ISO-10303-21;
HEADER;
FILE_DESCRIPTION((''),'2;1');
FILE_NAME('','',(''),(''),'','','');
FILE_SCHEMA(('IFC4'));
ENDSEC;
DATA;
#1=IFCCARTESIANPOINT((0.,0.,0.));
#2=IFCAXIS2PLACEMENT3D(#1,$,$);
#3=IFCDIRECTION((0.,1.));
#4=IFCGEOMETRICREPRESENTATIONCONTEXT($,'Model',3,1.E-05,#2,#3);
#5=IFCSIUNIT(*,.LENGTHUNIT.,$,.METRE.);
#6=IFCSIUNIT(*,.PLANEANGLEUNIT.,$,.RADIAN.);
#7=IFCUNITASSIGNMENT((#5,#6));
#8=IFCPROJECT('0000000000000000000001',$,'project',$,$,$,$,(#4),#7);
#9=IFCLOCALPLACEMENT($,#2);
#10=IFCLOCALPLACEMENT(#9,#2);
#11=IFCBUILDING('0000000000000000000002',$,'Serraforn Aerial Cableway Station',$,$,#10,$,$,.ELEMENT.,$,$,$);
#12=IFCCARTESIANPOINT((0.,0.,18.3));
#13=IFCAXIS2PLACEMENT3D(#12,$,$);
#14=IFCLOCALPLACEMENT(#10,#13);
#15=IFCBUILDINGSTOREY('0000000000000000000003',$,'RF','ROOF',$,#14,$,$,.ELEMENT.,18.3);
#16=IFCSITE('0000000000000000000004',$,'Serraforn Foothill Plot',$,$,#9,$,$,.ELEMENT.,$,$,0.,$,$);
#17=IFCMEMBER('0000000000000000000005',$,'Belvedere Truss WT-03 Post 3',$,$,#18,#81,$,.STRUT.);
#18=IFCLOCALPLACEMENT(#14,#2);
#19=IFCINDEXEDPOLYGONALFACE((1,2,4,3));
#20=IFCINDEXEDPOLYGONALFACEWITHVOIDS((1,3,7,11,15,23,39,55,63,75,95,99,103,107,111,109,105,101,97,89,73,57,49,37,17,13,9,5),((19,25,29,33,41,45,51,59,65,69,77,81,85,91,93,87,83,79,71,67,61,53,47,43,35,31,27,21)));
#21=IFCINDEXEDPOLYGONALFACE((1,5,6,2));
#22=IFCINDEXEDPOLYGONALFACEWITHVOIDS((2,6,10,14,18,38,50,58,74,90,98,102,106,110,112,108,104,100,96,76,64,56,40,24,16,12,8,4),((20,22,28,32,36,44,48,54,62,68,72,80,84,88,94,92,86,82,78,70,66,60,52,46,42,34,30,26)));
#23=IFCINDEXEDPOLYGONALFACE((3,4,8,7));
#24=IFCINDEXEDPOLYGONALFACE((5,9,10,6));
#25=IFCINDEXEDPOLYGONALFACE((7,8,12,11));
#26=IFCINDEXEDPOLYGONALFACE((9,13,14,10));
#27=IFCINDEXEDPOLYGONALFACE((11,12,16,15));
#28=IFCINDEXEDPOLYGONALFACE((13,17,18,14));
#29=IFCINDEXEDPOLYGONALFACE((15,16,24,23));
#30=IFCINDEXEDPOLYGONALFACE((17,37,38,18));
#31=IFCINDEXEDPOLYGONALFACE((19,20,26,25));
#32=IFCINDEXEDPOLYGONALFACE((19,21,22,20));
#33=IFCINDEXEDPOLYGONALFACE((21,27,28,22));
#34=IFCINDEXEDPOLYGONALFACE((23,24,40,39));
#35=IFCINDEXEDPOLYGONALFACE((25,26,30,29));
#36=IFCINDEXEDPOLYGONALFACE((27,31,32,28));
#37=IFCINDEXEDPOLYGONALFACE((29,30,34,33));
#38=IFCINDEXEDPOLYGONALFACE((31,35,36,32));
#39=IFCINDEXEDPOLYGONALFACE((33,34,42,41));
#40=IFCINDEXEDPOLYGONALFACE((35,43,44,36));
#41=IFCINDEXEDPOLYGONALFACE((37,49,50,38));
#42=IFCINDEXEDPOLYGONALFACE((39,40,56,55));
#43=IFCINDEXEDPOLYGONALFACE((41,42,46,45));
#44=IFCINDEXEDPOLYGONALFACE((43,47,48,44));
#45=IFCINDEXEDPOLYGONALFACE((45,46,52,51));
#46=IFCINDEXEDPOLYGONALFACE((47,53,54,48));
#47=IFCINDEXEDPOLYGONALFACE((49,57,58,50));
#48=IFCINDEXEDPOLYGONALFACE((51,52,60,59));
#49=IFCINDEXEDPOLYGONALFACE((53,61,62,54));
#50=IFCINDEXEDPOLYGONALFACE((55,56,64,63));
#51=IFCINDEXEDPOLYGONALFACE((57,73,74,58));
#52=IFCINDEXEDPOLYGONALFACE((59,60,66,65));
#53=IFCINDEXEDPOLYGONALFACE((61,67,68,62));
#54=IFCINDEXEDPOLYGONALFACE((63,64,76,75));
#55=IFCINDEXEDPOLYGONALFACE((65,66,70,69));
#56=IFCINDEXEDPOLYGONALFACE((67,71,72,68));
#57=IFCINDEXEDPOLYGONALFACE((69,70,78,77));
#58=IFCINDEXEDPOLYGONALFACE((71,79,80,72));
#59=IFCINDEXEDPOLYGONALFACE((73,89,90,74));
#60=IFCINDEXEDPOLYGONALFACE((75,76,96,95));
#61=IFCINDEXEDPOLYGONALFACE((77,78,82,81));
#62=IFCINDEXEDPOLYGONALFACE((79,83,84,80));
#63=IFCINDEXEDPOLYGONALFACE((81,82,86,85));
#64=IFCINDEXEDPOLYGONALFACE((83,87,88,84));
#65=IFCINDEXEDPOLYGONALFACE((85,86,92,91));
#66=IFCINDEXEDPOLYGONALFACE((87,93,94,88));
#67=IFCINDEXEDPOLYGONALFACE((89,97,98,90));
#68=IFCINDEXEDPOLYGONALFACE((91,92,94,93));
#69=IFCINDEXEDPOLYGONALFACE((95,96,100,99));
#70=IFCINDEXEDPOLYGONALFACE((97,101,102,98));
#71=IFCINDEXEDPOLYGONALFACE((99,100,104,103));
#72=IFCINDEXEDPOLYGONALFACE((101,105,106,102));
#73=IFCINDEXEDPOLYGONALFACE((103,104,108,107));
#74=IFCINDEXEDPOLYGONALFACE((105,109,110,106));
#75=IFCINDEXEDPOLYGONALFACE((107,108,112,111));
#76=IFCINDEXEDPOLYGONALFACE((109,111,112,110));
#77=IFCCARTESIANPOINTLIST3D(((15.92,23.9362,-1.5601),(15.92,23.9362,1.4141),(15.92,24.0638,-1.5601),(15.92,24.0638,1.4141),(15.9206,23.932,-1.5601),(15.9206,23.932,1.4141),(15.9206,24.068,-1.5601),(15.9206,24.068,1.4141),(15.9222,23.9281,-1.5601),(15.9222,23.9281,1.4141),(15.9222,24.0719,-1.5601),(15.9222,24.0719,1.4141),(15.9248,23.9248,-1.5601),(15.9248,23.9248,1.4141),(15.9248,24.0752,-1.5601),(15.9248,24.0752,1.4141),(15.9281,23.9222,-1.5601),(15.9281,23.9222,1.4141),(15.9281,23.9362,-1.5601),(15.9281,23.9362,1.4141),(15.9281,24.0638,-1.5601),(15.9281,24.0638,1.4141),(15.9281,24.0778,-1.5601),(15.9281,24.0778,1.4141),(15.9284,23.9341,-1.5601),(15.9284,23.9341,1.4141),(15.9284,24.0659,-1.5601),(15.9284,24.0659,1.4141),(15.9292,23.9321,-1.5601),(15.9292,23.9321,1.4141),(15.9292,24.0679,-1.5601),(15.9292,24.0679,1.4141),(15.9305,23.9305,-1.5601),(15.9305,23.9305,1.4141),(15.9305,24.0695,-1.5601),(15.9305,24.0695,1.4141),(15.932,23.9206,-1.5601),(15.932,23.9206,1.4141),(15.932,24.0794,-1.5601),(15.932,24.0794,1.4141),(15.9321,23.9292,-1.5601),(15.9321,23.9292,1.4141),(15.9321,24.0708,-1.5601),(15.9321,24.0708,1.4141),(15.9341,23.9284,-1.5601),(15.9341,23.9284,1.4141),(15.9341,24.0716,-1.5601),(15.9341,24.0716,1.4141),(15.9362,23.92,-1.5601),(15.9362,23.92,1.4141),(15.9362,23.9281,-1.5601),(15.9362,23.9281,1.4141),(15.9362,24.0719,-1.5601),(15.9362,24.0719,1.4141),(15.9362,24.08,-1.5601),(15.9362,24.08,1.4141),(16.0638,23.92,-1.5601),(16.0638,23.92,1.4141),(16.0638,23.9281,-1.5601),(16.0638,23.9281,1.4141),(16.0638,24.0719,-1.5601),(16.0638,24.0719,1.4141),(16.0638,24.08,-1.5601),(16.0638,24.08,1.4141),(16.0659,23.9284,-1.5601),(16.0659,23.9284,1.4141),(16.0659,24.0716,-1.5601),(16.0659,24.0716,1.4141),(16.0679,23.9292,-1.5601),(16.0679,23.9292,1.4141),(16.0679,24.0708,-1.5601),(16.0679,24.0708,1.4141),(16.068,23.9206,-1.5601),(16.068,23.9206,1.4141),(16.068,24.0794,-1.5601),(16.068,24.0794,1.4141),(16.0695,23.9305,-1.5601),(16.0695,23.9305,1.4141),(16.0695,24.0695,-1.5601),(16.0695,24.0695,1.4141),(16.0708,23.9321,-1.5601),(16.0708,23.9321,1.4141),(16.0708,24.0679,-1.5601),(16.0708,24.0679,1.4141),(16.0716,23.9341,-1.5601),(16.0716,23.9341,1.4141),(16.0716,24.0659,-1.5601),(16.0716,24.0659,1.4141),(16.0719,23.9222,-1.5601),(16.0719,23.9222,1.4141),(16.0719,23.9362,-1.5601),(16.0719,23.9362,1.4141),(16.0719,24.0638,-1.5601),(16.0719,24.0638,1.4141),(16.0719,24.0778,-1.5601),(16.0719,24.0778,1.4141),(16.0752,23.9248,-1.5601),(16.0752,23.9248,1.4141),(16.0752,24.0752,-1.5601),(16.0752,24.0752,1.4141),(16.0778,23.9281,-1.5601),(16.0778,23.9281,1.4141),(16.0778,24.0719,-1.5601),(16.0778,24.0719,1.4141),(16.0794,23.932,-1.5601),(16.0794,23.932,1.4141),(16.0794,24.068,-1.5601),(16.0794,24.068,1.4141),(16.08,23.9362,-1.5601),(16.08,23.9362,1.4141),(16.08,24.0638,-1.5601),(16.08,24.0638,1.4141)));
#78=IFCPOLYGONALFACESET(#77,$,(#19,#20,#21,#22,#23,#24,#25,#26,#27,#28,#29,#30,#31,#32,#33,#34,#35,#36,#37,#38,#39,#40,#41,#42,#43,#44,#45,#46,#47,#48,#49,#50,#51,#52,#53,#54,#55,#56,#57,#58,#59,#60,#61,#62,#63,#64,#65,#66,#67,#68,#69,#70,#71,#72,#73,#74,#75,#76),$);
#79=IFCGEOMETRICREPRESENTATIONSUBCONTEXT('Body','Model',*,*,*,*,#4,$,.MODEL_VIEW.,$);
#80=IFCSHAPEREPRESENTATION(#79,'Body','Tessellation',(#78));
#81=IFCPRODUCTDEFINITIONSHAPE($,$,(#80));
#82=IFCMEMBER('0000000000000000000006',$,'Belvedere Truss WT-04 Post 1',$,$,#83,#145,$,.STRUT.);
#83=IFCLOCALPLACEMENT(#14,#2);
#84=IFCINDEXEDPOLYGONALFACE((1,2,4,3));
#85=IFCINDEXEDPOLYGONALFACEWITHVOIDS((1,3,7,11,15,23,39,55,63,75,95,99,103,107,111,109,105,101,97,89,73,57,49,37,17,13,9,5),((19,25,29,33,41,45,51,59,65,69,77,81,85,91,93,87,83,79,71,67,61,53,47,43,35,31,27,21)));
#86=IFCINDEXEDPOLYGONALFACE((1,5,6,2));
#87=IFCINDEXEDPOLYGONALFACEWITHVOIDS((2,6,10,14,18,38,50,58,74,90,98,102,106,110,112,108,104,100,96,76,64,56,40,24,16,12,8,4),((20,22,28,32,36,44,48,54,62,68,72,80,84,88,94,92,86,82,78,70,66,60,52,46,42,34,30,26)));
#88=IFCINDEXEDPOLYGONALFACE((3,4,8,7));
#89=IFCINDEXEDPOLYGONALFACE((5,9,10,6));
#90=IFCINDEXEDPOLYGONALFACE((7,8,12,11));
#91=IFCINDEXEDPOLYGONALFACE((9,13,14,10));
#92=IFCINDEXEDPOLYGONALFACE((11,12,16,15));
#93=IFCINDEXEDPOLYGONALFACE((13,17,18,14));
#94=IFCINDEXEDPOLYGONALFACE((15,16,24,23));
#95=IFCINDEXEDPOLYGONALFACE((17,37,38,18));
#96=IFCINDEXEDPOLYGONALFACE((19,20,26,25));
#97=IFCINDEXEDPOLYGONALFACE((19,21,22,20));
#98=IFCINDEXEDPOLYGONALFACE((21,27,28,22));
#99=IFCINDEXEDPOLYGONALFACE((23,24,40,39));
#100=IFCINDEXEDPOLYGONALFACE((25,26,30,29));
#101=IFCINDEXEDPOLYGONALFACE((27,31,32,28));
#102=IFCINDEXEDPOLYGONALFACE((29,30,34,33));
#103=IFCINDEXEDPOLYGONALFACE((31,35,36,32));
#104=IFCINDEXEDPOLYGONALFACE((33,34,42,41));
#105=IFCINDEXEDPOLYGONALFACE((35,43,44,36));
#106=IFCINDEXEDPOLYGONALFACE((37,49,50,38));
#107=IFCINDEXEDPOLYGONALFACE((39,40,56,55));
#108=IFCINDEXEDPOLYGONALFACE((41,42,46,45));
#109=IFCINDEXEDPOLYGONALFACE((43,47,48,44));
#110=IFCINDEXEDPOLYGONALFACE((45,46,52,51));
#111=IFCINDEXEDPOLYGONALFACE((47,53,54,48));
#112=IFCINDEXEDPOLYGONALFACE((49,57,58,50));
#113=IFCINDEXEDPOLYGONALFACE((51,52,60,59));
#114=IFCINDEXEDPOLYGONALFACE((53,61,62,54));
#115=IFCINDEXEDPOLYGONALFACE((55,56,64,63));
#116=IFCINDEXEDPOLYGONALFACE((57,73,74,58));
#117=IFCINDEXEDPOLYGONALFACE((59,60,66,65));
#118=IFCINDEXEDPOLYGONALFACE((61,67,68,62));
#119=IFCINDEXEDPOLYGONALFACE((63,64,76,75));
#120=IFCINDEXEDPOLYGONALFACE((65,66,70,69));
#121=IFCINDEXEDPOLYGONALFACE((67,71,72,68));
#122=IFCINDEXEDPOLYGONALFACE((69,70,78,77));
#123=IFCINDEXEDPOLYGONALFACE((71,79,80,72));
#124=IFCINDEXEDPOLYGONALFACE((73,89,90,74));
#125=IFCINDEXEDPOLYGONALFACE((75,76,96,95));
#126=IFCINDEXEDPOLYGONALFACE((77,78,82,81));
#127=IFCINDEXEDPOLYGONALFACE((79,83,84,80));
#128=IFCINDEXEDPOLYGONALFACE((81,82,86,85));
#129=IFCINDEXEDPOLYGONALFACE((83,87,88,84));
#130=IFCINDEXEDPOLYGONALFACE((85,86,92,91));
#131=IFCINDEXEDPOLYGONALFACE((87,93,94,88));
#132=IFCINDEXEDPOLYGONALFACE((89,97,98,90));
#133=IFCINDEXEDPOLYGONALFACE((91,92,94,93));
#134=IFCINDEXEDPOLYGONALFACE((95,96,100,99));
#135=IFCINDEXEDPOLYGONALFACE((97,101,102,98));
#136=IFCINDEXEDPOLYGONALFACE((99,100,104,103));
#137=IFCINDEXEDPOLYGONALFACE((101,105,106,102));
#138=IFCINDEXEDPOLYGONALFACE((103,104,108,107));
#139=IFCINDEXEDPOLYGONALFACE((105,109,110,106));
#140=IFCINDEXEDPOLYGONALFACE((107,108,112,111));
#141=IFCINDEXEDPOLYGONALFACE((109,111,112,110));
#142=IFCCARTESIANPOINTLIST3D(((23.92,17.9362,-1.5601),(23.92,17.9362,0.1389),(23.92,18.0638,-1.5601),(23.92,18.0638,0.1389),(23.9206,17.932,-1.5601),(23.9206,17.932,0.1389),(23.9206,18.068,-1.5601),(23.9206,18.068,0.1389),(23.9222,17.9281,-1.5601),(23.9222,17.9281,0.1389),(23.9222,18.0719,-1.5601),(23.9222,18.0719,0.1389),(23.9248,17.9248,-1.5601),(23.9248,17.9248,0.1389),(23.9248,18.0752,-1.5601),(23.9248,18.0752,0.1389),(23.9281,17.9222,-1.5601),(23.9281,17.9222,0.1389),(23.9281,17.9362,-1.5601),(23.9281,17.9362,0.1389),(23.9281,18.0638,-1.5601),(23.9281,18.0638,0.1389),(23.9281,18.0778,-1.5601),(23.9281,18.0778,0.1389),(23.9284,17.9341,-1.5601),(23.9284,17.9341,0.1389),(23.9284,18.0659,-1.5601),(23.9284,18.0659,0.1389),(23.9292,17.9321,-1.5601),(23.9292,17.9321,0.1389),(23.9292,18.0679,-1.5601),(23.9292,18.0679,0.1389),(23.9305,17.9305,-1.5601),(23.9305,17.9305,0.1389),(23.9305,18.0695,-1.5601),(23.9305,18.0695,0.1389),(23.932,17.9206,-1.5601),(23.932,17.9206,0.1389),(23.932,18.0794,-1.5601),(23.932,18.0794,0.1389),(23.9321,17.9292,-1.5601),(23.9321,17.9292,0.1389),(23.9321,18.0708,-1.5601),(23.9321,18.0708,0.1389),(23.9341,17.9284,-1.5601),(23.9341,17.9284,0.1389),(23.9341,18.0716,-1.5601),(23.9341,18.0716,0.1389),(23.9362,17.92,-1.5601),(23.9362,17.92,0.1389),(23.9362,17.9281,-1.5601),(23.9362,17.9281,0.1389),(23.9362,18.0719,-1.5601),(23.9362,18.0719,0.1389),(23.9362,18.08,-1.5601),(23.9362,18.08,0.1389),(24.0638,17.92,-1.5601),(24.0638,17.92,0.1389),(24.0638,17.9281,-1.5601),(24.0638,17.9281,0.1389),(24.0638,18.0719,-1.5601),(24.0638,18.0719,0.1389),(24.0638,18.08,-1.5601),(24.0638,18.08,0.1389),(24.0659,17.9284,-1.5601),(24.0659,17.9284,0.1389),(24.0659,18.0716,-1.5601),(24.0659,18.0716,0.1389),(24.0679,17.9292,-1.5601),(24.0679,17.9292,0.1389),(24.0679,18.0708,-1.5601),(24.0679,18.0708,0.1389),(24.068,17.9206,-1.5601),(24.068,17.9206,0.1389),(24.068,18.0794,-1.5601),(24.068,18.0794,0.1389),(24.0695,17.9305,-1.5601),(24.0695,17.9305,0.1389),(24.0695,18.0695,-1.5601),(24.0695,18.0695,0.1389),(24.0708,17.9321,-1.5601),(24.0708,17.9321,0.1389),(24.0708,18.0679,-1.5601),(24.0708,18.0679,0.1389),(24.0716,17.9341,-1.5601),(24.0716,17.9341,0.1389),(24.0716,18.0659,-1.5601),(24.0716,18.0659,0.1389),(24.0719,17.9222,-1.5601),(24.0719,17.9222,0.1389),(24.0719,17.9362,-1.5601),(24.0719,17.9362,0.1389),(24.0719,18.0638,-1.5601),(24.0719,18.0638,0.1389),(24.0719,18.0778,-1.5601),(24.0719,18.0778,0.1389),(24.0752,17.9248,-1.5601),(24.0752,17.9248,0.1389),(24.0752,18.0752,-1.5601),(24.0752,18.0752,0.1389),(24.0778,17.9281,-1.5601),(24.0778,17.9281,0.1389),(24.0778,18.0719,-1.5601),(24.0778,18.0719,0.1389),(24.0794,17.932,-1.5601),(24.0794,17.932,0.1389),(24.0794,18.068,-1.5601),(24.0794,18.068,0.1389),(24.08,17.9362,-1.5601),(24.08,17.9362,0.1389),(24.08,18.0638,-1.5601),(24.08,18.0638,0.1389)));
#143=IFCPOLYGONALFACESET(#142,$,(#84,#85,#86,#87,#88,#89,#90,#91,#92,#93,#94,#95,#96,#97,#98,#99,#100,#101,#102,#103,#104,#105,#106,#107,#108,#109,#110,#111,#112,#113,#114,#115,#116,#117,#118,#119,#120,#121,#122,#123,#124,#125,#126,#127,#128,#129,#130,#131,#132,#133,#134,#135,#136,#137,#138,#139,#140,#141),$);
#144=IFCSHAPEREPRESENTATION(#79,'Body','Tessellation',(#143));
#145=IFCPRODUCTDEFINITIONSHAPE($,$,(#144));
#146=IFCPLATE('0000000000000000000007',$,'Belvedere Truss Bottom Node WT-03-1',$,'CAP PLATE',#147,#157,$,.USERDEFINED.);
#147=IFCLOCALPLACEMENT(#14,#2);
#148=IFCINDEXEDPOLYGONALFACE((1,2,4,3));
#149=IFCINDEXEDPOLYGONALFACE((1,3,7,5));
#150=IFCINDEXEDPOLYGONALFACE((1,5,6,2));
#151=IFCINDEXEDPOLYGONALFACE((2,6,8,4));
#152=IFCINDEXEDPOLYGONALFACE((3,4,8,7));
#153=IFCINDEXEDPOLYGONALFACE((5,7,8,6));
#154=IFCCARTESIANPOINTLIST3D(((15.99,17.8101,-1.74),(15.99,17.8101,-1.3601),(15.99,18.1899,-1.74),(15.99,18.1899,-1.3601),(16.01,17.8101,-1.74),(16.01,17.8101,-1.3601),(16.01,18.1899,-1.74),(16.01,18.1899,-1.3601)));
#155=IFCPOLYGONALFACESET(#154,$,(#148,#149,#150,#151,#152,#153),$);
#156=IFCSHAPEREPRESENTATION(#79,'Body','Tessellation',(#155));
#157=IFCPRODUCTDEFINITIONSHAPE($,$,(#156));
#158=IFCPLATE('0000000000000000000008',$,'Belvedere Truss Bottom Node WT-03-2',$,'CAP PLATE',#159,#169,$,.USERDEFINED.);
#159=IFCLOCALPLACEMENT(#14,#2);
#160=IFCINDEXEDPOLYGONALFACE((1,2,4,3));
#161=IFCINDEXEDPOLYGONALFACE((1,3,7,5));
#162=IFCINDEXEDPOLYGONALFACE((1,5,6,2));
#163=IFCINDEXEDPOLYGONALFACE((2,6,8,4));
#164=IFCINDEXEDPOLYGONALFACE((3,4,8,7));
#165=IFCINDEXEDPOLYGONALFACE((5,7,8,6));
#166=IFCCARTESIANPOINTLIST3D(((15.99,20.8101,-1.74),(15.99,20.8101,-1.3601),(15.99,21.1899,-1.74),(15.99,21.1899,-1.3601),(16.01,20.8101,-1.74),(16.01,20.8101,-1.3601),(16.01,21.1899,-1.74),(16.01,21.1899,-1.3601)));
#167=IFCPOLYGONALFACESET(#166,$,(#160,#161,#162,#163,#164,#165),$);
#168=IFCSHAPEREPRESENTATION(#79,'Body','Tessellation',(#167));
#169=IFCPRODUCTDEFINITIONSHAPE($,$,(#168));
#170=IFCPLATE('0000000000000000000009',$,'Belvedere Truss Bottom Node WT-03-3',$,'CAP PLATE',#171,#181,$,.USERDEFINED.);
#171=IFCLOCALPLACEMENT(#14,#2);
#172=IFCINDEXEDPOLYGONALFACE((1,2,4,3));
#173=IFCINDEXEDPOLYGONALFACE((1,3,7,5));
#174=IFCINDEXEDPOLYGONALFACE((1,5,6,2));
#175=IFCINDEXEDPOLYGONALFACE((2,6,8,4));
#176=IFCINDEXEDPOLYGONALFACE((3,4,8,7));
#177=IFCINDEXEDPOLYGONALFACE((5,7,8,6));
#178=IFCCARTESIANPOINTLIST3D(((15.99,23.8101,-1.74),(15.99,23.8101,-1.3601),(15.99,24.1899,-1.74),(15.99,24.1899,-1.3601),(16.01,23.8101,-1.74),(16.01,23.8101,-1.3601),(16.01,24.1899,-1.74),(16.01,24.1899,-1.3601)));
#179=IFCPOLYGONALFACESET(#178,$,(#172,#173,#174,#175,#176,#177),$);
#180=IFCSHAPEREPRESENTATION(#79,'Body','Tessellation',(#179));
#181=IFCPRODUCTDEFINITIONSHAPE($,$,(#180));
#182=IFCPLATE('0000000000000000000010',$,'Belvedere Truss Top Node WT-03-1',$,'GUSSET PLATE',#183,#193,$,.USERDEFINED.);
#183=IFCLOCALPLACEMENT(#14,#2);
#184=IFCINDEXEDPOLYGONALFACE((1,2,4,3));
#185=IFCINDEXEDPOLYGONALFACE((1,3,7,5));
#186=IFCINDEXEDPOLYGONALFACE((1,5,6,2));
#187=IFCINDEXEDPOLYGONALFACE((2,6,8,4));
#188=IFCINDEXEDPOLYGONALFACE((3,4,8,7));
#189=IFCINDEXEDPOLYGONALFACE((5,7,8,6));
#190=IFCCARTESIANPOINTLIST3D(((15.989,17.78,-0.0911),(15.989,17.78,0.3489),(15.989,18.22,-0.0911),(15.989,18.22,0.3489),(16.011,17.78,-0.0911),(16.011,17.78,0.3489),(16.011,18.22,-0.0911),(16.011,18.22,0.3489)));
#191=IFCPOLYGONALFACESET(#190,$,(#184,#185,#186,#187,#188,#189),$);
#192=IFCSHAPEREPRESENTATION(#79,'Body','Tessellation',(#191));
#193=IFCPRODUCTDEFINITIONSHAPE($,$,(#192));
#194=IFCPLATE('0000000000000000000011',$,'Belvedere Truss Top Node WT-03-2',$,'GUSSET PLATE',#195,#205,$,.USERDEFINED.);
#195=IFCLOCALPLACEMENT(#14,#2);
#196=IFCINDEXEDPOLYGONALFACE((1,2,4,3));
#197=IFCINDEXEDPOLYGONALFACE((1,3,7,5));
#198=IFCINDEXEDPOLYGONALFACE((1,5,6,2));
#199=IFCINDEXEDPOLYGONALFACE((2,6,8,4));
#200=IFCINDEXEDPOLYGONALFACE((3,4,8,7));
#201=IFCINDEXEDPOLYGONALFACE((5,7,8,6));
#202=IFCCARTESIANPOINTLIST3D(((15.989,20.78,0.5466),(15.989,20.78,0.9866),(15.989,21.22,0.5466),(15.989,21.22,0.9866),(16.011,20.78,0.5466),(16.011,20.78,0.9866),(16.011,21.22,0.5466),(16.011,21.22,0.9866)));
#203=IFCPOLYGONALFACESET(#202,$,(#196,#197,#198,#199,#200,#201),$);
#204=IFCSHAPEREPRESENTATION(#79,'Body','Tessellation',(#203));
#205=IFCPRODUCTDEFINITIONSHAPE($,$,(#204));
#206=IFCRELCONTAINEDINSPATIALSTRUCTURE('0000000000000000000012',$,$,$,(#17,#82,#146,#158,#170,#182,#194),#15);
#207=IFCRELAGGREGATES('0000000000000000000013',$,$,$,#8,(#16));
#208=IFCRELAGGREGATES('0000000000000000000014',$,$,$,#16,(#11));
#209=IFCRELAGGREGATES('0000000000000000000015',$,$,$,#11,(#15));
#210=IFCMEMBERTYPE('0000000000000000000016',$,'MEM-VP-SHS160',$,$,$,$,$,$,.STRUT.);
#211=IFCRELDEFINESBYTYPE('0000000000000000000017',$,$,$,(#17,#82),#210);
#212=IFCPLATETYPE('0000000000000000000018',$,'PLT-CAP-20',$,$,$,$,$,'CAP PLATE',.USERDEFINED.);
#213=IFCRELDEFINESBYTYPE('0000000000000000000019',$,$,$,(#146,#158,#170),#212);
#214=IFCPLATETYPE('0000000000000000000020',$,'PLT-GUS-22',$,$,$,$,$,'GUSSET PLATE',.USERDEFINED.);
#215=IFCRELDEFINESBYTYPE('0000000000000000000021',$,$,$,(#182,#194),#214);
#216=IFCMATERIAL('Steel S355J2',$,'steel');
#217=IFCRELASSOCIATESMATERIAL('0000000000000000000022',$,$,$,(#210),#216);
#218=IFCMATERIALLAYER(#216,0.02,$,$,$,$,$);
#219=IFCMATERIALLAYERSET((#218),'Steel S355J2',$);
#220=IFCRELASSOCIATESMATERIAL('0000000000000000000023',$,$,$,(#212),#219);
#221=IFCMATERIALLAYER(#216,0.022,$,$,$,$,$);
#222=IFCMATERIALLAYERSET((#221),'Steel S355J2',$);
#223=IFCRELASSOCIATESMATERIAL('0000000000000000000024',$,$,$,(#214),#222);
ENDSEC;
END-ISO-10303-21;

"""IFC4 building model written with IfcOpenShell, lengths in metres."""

from ifc_helpers import new_model, si_unit, direction, frame, origin, origin_2d, place, context, subcontext, project, spatial, rectangle, hollow_rectangle, extrude, material, layer, layer_set, material_profile, profile_set, type_object, element, save


model = new_model("IFC4")

# Units and contexts
model_context = context("Model", 3, precision=1e-05, world=origin(), true_north=direction((0.0, 1.0)))
body_context = subcontext(model_context, "Body", "Model", "MODEL_VIEW")
ifc_project = project(units=[si_unit("LENGTHUNIT", "METRE"), si_unit("PLANEANGLEUNIT", "RADIAN")], contexts=[model_context])

# Site, building, storey
site_placement = place(None, origin())
site = spatial("IfcSite", under=ifc_project, at=site_placement, Name="Serraforn Foothill Plot", CompositionType="ELEMENT", RefElevation=0.0)
building_placement = place(site_placement, origin())
building = spatial("IfcBuilding", under=site, at=building_placement, Name="Serraforn Aerial Cableway Station", CompositionType="ELEMENT")
storey_placement = place(building_placement, frame((0.0, 0.0, 18.3)))
storey = spatial("IfcBuildingStorey", under=building, at=storey_placement, Name="RF", Description="ROOF", CompositionType="ELEMENT", Elevation=18.3)

# Members
ifc_material_1 = material(Name="Steel S355J2", Category="steel")
ifc_material_profile_1 = material_profile(ifc_material_1, hollow_rectangle(XDim=0.1599, YDim=0.1599, WallThickness=0.0081, InnerFilletRadius=0.0081, OuterFilletRadius=0.0161, at=origin_2d()), Name="SHS 160x160x8.0")
ifc_profile_set_1 = profile_set([ifc_material_profile_1], Name="Steel S355J2")
member_type_1 = type_object("IfcMemberType", Name="MEM-VP-SHS160", PredefinedType="STRUT", material=ifc_profile_set_1)
member_1_placement = place(storey_placement, frame((16.0, 24.0, -1.5601), z_axis=(0.0, 0.0, 1.0), x_axis=(1.0, 0.0, 0.0)))
element("IfcMember", 1, at=member_1_placement, inside=storey, type_object=member_type_1, Name="Belvedere Truss WT-03 Post 3", PredefinedType="STRUT", context=body_context, shape_type="SweptSolid", body=[
    extrude(hollow_rectangle(XDim=0.1599, YDim=0.1599, WallThickness=0.0081, InnerFilletRadius=0.0081, OuterFilletRadius=0.0161, at=origin_2d()), origin(), (0.0, 0.0, 1.0), 2.9741),
])
member_2_placement = place(storey_placement, frame((24.0, 18.0, -1.5601), z_axis=(0.0, 0.0, 1.0), x_axis=(1.0, 0.0, 0.0)))
element("IfcMember", 2, at=member_2_placement, inside=storey, type_object=member_type_1, Name="Belvedere Truss WT-04 Post 1", PredefinedType="STRUT", context=body_context, shape_type="SweptSolid", body=[
    extrude(hollow_rectangle(XDim=0.1599, YDim=0.1599, WallThickness=0.0081, InnerFilletRadius=0.0081, OuterFilletRadius=0.0161, at=origin_2d()), origin(), (0.0, 0.0, 1.0), 1.699),
])

# Plates
ifc_layer_1 = layer(ifc_material_1, 0.02)
ifc_layer_set_1 = layer_set([ifc_layer_1], Name="Steel S355J2")
plate_type_1 = type_object("IfcPlateType", Name="PLT-CAP-20", ElementType="CAP PLATE", PredefinedType="USERDEFINED", material=ifc_layer_set_1)
for number, where, z_axis, x_axis, name in (
    (3, (16.0, 18.0, -1.74), (0.0, 0.0, 1.0), (1.0, 0.0, 0.0), "Belvedere Truss Bottom Node WT-03-1"),
    (4, (16.0, 21.0, -1.74), (0.0, 0.0, 1.0), (1.0, 0.0, 0.0), "Belvedere Truss Bottom Node WT-03-2"),
    (5, (16.0, 24.0, -1.74), (0.0, 0.0, 1.0), (1.0, 0.0, 0.0), "Belvedere Truss Bottom Node WT-03-3"),
):
    element("IfcPlate", number, at=place(storey_placement, frame(where, z_axis=z_axis, x_axis=x_axis)), inside=storey, type_object=plate_type_1, Name=name, ObjectType="CAP PLATE", PredefinedType="USERDEFINED", context=body_context, shape_type="SweptSolid", body=[
        extrude(rectangle(XDim=0.02, YDim=0.3799, at=origin_2d()), origin(), (0.0, 0.0, 1.0), 0.3799),
    ])
ifc_layer_2 = layer(ifc_material_1, 0.022)
ifc_layer_set_2 = layer_set([ifc_layer_2], Name="Steel S355J2")
plate_type_2 = type_object("IfcPlateType", Name="PLT-GUS-22", ElementType="GUSSET PLATE", PredefinedType="USERDEFINED", material=ifc_layer_set_2)
for number, where, z_axis, x_axis, name in (
    (6, (16.0, 18.0, -0.0911), (0.0, 0.0, 1.0), (1.0, 0.0, 0.0), "Belvedere Truss Top Node WT-03-1"),
    (7, (16.0, 21.0, 0.5466), (0.0, 0.0, 1.0), (1.0, 0.0, 0.0), "Belvedere Truss Top Node WT-03-2"),
):
    element("IfcPlate", number, at=place(storey_placement, frame(where, z_axis=z_axis, x_axis=x_axis)), inside=storey, type_object=plate_type_2, Name=name, ObjectType="GUSSET PLATE", PredefinedType="USERDEFINED", context=body_context, shape_type="SweptSolid", body=[
        extrude(rectangle(XDim=0.022, YDim=0.4399, at=origin_2d()), origin(), (0.0, 0.0, 1.0), 0.4399),
    ])

save(model, "model.ifc")
